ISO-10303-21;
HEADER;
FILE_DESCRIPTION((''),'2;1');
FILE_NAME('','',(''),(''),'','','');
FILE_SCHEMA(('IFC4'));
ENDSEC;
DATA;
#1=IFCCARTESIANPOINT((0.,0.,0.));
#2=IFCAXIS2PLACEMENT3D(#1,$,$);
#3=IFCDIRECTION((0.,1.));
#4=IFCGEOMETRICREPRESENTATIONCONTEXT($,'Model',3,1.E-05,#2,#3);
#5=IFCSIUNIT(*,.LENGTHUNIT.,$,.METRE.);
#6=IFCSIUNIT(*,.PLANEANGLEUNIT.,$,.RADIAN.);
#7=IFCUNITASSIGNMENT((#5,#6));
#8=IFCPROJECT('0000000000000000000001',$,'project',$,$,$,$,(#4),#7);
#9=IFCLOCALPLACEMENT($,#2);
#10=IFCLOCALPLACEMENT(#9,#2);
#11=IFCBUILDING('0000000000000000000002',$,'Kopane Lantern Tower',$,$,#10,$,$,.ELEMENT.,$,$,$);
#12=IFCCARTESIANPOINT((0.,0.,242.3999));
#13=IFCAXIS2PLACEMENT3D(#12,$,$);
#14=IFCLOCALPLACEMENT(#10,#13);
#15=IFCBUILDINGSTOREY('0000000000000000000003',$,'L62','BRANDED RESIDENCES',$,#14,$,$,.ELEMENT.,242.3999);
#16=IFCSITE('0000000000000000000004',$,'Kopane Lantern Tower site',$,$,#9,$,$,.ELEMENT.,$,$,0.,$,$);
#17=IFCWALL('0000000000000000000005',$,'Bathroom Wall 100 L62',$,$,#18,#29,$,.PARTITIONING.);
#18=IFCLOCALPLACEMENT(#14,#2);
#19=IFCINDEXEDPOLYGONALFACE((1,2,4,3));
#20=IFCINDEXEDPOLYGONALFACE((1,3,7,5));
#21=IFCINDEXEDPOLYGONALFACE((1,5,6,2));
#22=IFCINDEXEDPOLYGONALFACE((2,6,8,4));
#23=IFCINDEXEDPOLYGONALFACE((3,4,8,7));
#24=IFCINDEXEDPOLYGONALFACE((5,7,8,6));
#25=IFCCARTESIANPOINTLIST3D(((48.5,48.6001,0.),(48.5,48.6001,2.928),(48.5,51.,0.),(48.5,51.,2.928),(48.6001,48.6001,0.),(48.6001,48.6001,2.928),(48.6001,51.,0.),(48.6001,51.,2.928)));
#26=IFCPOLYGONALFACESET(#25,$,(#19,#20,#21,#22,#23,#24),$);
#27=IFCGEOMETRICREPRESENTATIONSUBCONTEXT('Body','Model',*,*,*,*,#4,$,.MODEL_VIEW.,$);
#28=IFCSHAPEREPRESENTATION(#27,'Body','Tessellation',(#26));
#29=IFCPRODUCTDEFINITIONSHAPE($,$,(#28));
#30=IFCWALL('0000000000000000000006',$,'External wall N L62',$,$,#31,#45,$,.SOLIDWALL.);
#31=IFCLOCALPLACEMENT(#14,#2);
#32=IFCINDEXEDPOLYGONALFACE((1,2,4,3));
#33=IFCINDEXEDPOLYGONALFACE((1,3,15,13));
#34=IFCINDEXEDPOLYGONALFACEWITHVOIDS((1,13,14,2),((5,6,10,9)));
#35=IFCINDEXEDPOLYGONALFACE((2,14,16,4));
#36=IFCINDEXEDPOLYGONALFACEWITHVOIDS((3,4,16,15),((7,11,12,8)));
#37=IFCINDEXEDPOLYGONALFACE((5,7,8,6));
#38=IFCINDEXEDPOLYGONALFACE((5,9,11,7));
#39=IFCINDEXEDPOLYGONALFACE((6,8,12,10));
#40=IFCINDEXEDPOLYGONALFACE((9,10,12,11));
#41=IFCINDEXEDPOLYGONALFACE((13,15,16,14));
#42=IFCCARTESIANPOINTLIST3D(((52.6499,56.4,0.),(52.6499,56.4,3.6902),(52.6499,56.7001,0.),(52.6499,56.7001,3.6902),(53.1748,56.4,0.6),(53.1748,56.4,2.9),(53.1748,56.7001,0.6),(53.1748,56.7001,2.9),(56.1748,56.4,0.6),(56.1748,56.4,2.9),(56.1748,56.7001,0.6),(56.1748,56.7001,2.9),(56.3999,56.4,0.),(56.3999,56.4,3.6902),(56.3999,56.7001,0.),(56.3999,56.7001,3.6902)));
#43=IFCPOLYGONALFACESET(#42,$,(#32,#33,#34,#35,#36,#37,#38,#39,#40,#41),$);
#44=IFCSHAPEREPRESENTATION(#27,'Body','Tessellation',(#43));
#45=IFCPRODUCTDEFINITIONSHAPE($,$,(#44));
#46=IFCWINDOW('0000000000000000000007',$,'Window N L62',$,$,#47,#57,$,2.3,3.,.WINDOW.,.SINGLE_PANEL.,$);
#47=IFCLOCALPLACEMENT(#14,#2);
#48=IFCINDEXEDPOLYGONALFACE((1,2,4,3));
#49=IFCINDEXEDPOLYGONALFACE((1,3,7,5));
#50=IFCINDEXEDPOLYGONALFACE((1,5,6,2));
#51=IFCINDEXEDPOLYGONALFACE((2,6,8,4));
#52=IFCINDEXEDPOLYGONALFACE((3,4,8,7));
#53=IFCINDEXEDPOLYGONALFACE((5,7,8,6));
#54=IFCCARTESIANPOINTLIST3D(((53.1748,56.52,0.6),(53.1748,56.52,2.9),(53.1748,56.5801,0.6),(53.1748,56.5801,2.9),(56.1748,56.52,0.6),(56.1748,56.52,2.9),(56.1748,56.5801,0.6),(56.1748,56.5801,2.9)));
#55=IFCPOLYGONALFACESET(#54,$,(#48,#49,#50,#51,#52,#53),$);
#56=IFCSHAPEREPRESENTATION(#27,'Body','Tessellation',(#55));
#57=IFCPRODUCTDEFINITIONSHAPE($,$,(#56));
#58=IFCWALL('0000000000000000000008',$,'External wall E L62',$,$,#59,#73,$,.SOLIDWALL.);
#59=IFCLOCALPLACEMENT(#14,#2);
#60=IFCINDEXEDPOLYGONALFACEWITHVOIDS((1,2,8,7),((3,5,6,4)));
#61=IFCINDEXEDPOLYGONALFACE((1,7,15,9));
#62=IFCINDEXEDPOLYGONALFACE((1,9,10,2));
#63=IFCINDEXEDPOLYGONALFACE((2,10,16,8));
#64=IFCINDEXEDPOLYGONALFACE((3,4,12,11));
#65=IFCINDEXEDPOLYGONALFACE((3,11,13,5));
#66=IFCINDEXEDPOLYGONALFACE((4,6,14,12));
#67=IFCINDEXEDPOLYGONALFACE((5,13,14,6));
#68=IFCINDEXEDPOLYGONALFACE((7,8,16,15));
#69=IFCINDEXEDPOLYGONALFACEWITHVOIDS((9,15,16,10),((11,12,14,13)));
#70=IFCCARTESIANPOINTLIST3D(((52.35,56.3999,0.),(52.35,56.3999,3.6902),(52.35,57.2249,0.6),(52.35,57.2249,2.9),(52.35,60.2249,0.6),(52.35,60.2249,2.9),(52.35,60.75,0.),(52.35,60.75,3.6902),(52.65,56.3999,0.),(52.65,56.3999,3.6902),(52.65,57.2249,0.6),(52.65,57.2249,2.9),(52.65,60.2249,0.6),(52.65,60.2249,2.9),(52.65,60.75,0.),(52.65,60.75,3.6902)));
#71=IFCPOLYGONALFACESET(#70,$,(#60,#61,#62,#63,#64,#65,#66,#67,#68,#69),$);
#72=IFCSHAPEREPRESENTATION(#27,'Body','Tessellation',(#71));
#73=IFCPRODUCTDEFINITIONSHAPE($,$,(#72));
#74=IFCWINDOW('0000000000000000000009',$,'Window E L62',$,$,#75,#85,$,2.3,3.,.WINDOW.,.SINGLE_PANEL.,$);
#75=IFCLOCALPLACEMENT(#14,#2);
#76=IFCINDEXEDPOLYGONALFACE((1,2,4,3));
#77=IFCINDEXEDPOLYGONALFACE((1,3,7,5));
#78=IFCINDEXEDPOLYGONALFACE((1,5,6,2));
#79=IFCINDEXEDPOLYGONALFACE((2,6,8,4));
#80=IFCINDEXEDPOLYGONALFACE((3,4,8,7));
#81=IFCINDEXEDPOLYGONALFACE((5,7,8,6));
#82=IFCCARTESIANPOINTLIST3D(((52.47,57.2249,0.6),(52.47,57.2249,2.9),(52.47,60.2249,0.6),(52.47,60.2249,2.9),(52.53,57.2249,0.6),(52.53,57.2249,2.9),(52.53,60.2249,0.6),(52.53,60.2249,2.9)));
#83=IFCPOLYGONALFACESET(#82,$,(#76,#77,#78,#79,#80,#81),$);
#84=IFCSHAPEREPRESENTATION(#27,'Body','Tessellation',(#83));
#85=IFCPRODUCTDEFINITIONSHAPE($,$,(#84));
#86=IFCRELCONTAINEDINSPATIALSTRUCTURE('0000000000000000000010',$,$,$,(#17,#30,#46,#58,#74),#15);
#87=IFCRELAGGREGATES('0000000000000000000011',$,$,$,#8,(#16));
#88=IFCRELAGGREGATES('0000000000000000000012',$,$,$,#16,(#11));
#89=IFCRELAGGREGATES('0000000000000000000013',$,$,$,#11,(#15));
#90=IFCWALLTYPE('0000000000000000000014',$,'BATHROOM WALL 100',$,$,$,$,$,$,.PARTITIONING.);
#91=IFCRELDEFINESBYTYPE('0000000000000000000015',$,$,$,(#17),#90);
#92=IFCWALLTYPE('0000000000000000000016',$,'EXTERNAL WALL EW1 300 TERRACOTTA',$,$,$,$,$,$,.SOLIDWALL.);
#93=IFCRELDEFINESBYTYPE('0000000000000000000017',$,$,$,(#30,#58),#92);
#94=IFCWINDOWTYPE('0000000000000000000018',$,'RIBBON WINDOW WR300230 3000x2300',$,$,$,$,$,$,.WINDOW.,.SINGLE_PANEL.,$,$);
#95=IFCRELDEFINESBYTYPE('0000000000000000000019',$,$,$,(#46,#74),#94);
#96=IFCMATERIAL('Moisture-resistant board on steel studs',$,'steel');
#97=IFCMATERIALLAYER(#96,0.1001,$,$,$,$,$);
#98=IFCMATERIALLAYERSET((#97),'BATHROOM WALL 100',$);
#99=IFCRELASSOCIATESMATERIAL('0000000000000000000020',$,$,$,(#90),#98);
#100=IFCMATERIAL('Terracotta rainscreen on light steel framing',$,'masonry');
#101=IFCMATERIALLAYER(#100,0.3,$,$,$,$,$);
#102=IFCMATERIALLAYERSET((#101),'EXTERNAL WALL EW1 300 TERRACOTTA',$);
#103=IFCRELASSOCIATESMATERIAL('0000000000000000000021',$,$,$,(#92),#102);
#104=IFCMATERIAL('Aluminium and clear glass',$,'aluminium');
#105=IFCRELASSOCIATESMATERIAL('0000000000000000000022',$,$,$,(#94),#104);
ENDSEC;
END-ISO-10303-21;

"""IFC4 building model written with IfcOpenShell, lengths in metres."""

from ifc_helpers import new_model, si_unit, direction, frame, frame_2d, origin, place, context, subcontext, project, spatial, rectangle, extrude, material, layer, layer_set, type_object, element, fill, save


model = new_model("IFC4")

# Units and contexts
model_context = context("Model", 3, precision=1e-05, world=origin(), true_north=direction((0.0, 1.0)))
body_context = subcontext(model_context, "Body", "Model", "MODEL_VIEW")
ifc_project = project(units=[si_unit("LENGTHUNIT", "METRE"), si_unit("PLANEANGLEUNIT", "RADIAN")], contexts=[model_context])

# Site, building, storey
site_placement = place(None, origin())
site = spatial("IfcSite", under=ifc_project, at=site_placement, Name="Kopane Lantern Tower site", CompositionType="ELEMENT", RefElevation=0.0)
building_placement = place(site_placement, origin())
building = spatial("IfcBuilding", under=site, at=building_placement, Name="Kopane Lantern Tower", CompositionType="ELEMENT")
storey_placement = place(building_placement, frame((0.0, 0.0, 242.3999)))
storey = spatial("IfcBuildingStorey", under=building, at=storey_placement, Name="L62", Description="BRANDED RESIDENCES", CompositionType="ELEMENT", Elevation=242.3999)

# Wall
ifc_material_1 = material(Name="Moisture-resistant board on steel studs", Category="steel")
ifc_layer_1 = layer(ifc_material_1, 0.1001)
ifc_layer_set_1 = layer_set([ifc_layer_1], Name="BATHROOM WALL 100")
wall_type_1 = type_object("IfcWallType", Name="BATHROOM WALL 100", PredefinedType="PARTITIONING", material=ifc_layer_set_1)
wall_1_placement = place(storey_placement, frame((48.55, 48.6001, 0.0), z_axis=(0.0, 0.0, 1.0), x_axis=(0.0, 1.0, 0.0)))
element("IfcWall", 1, at=wall_1_placement, inside=storey, type_object=wall_type_1, Name="Bathroom Wall 100 L62", PredefinedType="PARTITIONING", context=body_context, shape_type="SweptSolid", body=[
    extrude(rectangle(XDim=2.3999, YDim=0.1001, at=frame_2d((1.2, 0.0))), origin(), (0.0, 0.0, 1.0), 2.928),
])

# Walls, openings, windows
ifc_material_2 = material(Name="Terracotta rainscreen on light steel framing", Category="masonry")
ifc_layer_2 = layer(ifc_material_2, 0.3)
ifc_layer_set_2 = layer_set([ifc_layer_2], Name="EXTERNAL WALL EW1 300 TERRACOTTA")
wall_type_2 = type_object("IfcWallType", Name="EXTERNAL WALL EW1 300 TERRACOTTA", PredefinedType="SOLIDWALL", material=ifc_layer_set_2)
wall_2_placement = place(storey_placement, frame((56.3999, 56.55, 0.0), z_axis=(0.0, 0.0, 1.0), x_axis=(-1.0, 0.0, 0.0)))
wall_2 = element("IfcWall", 2, at=wall_2_placement, inside=storey, type_object=wall_type_2, Name="External wall N L62", PredefinedType="SOLIDWALL", context=body_context, shape_type="SweptSolid", body=[
    extrude(rectangle(XDim=3.75, YDim=0.3, at=frame_2d((1.875, 0.0))), origin(), (0.0, 0.0, 1.0), 3.6902),
])
opening_1_placement = place(wall_2_placement, frame((0.2251, 0.0, 0.6001)))
opening_1 = element("IfcOpeningElement", 3, at=opening_1_placement, cuts=wall_2, PredefinedType="OPENING", context=body_context, shape_type="SweptSolid", body=[
    extrude(rectangle(XDim=3.0, YDim=2.3, at=frame_2d((1.5, 1.1499))), frame((0.0, 0.1599, 0.0), z_axis=(0.0, -1.0, 0.0), x_axis=(1.0, 0.0, 0.0)), (0.0, 0.0, 1.0), 0.3201),
])
ifc_material_3 = material(Name="Aluminium and clear glass", Category="aluminium")
window_type = type_object("IfcWindowType", Name="RIBBON WINDOW WR300230 3000x2300", PartitioningType="SINGLE_PANEL", PredefinedType="WINDOW", material=ifc_material_3)
window_1_placement = place(opening_1_placement, origin())
window_1 = element("IfcWindow", 4, at=window_1_placement, inside=storey, type_object=window_type, Name="Window N L62", OverallHeight=2.3, OverallWidth=3.0, PartitioningType="SINGLE_PANEL", PredefinedType="WINDOW", context=body_context, shape_type="SweptSolid", body=[
    extrude(rectangle(XDim=3.0, YDim=2.3, at=frame_2d((1.5, 1.1499))), frame((0.0, 0.03, 0.0), z_axis=(0.0, -1.0, 0.0), x_axis=(1.0, 0.0, 0.0)), (0.0, 0.0, 1.0), 0.0601),
])
fill(opening_1, window_1)
wall_3_placement = place(storey_placement, frame((52.5, 56.3999, 0.0), z_axis=(0.0, 0.0, 1.0), x_axis=(0.0, 1.0, 0.0)))
wall_3 = element("IfcWall", 5, at=wall_3_placement, inside=storey, type_object=wall_type_2, Name="External wall E L62", PredefinedType="SOLIDWALL", context=body_context, shape_type="SweptSolid", body=[
    extrude(rectangle(XDim=4.3501, YDim=0.3, at=frame_2d((2.175, 0.0))), origin(), (0.0, 0.0, 1.0), 3.6902),
])
opening_2_placement = place(wall_3_placement, frame((0.825, 0.0, 0.6001)))
opening_2 = element("IfcOpeningElement", 6, at=opening_2_placement, cuts=wall_3, PredefinedType="OPENING", context=body_context, shape_type="SweptSolid", body=[
    extrude(rectangle(XDim=3.0, YDim=2.3, at=frame_2d((1.5, 1.1499))), frame((0.0, 0.1599, 0.0), z_axis=(0.0, -1.0, 0.0), x_axis=(1.0, 0.0, 0.0)), (0.0, 0.0, 1.0), 0.3201),
])
window_2_placement = place(opening_2_placement, origin())
window_2 = element("IfcWindow", 7, at=window_2_placement, inside=storey, type_object=window_type, Name="Window E L62", OverallHeight=2.3, OverallWidth=3.0, PartitioningType="SINGLE_PANEL", PredefinedType="WINDOW", context=body_context, shape_type="SweptSolid", body=[
    extrude(rectangle(XDim=3.0, YDim=2.3, at=frame_2d((1.5, 1.1499))), frame((0.0, 0.03, 0.0), z_axis=(0.0, -1.0, 0.0), x_axis=(1.0, 0.0, 0.0)), (0.0, 0.0, 1.0), 0.0601),
])
fill(opening_2, window_2)

save(model, "model.ifc")
